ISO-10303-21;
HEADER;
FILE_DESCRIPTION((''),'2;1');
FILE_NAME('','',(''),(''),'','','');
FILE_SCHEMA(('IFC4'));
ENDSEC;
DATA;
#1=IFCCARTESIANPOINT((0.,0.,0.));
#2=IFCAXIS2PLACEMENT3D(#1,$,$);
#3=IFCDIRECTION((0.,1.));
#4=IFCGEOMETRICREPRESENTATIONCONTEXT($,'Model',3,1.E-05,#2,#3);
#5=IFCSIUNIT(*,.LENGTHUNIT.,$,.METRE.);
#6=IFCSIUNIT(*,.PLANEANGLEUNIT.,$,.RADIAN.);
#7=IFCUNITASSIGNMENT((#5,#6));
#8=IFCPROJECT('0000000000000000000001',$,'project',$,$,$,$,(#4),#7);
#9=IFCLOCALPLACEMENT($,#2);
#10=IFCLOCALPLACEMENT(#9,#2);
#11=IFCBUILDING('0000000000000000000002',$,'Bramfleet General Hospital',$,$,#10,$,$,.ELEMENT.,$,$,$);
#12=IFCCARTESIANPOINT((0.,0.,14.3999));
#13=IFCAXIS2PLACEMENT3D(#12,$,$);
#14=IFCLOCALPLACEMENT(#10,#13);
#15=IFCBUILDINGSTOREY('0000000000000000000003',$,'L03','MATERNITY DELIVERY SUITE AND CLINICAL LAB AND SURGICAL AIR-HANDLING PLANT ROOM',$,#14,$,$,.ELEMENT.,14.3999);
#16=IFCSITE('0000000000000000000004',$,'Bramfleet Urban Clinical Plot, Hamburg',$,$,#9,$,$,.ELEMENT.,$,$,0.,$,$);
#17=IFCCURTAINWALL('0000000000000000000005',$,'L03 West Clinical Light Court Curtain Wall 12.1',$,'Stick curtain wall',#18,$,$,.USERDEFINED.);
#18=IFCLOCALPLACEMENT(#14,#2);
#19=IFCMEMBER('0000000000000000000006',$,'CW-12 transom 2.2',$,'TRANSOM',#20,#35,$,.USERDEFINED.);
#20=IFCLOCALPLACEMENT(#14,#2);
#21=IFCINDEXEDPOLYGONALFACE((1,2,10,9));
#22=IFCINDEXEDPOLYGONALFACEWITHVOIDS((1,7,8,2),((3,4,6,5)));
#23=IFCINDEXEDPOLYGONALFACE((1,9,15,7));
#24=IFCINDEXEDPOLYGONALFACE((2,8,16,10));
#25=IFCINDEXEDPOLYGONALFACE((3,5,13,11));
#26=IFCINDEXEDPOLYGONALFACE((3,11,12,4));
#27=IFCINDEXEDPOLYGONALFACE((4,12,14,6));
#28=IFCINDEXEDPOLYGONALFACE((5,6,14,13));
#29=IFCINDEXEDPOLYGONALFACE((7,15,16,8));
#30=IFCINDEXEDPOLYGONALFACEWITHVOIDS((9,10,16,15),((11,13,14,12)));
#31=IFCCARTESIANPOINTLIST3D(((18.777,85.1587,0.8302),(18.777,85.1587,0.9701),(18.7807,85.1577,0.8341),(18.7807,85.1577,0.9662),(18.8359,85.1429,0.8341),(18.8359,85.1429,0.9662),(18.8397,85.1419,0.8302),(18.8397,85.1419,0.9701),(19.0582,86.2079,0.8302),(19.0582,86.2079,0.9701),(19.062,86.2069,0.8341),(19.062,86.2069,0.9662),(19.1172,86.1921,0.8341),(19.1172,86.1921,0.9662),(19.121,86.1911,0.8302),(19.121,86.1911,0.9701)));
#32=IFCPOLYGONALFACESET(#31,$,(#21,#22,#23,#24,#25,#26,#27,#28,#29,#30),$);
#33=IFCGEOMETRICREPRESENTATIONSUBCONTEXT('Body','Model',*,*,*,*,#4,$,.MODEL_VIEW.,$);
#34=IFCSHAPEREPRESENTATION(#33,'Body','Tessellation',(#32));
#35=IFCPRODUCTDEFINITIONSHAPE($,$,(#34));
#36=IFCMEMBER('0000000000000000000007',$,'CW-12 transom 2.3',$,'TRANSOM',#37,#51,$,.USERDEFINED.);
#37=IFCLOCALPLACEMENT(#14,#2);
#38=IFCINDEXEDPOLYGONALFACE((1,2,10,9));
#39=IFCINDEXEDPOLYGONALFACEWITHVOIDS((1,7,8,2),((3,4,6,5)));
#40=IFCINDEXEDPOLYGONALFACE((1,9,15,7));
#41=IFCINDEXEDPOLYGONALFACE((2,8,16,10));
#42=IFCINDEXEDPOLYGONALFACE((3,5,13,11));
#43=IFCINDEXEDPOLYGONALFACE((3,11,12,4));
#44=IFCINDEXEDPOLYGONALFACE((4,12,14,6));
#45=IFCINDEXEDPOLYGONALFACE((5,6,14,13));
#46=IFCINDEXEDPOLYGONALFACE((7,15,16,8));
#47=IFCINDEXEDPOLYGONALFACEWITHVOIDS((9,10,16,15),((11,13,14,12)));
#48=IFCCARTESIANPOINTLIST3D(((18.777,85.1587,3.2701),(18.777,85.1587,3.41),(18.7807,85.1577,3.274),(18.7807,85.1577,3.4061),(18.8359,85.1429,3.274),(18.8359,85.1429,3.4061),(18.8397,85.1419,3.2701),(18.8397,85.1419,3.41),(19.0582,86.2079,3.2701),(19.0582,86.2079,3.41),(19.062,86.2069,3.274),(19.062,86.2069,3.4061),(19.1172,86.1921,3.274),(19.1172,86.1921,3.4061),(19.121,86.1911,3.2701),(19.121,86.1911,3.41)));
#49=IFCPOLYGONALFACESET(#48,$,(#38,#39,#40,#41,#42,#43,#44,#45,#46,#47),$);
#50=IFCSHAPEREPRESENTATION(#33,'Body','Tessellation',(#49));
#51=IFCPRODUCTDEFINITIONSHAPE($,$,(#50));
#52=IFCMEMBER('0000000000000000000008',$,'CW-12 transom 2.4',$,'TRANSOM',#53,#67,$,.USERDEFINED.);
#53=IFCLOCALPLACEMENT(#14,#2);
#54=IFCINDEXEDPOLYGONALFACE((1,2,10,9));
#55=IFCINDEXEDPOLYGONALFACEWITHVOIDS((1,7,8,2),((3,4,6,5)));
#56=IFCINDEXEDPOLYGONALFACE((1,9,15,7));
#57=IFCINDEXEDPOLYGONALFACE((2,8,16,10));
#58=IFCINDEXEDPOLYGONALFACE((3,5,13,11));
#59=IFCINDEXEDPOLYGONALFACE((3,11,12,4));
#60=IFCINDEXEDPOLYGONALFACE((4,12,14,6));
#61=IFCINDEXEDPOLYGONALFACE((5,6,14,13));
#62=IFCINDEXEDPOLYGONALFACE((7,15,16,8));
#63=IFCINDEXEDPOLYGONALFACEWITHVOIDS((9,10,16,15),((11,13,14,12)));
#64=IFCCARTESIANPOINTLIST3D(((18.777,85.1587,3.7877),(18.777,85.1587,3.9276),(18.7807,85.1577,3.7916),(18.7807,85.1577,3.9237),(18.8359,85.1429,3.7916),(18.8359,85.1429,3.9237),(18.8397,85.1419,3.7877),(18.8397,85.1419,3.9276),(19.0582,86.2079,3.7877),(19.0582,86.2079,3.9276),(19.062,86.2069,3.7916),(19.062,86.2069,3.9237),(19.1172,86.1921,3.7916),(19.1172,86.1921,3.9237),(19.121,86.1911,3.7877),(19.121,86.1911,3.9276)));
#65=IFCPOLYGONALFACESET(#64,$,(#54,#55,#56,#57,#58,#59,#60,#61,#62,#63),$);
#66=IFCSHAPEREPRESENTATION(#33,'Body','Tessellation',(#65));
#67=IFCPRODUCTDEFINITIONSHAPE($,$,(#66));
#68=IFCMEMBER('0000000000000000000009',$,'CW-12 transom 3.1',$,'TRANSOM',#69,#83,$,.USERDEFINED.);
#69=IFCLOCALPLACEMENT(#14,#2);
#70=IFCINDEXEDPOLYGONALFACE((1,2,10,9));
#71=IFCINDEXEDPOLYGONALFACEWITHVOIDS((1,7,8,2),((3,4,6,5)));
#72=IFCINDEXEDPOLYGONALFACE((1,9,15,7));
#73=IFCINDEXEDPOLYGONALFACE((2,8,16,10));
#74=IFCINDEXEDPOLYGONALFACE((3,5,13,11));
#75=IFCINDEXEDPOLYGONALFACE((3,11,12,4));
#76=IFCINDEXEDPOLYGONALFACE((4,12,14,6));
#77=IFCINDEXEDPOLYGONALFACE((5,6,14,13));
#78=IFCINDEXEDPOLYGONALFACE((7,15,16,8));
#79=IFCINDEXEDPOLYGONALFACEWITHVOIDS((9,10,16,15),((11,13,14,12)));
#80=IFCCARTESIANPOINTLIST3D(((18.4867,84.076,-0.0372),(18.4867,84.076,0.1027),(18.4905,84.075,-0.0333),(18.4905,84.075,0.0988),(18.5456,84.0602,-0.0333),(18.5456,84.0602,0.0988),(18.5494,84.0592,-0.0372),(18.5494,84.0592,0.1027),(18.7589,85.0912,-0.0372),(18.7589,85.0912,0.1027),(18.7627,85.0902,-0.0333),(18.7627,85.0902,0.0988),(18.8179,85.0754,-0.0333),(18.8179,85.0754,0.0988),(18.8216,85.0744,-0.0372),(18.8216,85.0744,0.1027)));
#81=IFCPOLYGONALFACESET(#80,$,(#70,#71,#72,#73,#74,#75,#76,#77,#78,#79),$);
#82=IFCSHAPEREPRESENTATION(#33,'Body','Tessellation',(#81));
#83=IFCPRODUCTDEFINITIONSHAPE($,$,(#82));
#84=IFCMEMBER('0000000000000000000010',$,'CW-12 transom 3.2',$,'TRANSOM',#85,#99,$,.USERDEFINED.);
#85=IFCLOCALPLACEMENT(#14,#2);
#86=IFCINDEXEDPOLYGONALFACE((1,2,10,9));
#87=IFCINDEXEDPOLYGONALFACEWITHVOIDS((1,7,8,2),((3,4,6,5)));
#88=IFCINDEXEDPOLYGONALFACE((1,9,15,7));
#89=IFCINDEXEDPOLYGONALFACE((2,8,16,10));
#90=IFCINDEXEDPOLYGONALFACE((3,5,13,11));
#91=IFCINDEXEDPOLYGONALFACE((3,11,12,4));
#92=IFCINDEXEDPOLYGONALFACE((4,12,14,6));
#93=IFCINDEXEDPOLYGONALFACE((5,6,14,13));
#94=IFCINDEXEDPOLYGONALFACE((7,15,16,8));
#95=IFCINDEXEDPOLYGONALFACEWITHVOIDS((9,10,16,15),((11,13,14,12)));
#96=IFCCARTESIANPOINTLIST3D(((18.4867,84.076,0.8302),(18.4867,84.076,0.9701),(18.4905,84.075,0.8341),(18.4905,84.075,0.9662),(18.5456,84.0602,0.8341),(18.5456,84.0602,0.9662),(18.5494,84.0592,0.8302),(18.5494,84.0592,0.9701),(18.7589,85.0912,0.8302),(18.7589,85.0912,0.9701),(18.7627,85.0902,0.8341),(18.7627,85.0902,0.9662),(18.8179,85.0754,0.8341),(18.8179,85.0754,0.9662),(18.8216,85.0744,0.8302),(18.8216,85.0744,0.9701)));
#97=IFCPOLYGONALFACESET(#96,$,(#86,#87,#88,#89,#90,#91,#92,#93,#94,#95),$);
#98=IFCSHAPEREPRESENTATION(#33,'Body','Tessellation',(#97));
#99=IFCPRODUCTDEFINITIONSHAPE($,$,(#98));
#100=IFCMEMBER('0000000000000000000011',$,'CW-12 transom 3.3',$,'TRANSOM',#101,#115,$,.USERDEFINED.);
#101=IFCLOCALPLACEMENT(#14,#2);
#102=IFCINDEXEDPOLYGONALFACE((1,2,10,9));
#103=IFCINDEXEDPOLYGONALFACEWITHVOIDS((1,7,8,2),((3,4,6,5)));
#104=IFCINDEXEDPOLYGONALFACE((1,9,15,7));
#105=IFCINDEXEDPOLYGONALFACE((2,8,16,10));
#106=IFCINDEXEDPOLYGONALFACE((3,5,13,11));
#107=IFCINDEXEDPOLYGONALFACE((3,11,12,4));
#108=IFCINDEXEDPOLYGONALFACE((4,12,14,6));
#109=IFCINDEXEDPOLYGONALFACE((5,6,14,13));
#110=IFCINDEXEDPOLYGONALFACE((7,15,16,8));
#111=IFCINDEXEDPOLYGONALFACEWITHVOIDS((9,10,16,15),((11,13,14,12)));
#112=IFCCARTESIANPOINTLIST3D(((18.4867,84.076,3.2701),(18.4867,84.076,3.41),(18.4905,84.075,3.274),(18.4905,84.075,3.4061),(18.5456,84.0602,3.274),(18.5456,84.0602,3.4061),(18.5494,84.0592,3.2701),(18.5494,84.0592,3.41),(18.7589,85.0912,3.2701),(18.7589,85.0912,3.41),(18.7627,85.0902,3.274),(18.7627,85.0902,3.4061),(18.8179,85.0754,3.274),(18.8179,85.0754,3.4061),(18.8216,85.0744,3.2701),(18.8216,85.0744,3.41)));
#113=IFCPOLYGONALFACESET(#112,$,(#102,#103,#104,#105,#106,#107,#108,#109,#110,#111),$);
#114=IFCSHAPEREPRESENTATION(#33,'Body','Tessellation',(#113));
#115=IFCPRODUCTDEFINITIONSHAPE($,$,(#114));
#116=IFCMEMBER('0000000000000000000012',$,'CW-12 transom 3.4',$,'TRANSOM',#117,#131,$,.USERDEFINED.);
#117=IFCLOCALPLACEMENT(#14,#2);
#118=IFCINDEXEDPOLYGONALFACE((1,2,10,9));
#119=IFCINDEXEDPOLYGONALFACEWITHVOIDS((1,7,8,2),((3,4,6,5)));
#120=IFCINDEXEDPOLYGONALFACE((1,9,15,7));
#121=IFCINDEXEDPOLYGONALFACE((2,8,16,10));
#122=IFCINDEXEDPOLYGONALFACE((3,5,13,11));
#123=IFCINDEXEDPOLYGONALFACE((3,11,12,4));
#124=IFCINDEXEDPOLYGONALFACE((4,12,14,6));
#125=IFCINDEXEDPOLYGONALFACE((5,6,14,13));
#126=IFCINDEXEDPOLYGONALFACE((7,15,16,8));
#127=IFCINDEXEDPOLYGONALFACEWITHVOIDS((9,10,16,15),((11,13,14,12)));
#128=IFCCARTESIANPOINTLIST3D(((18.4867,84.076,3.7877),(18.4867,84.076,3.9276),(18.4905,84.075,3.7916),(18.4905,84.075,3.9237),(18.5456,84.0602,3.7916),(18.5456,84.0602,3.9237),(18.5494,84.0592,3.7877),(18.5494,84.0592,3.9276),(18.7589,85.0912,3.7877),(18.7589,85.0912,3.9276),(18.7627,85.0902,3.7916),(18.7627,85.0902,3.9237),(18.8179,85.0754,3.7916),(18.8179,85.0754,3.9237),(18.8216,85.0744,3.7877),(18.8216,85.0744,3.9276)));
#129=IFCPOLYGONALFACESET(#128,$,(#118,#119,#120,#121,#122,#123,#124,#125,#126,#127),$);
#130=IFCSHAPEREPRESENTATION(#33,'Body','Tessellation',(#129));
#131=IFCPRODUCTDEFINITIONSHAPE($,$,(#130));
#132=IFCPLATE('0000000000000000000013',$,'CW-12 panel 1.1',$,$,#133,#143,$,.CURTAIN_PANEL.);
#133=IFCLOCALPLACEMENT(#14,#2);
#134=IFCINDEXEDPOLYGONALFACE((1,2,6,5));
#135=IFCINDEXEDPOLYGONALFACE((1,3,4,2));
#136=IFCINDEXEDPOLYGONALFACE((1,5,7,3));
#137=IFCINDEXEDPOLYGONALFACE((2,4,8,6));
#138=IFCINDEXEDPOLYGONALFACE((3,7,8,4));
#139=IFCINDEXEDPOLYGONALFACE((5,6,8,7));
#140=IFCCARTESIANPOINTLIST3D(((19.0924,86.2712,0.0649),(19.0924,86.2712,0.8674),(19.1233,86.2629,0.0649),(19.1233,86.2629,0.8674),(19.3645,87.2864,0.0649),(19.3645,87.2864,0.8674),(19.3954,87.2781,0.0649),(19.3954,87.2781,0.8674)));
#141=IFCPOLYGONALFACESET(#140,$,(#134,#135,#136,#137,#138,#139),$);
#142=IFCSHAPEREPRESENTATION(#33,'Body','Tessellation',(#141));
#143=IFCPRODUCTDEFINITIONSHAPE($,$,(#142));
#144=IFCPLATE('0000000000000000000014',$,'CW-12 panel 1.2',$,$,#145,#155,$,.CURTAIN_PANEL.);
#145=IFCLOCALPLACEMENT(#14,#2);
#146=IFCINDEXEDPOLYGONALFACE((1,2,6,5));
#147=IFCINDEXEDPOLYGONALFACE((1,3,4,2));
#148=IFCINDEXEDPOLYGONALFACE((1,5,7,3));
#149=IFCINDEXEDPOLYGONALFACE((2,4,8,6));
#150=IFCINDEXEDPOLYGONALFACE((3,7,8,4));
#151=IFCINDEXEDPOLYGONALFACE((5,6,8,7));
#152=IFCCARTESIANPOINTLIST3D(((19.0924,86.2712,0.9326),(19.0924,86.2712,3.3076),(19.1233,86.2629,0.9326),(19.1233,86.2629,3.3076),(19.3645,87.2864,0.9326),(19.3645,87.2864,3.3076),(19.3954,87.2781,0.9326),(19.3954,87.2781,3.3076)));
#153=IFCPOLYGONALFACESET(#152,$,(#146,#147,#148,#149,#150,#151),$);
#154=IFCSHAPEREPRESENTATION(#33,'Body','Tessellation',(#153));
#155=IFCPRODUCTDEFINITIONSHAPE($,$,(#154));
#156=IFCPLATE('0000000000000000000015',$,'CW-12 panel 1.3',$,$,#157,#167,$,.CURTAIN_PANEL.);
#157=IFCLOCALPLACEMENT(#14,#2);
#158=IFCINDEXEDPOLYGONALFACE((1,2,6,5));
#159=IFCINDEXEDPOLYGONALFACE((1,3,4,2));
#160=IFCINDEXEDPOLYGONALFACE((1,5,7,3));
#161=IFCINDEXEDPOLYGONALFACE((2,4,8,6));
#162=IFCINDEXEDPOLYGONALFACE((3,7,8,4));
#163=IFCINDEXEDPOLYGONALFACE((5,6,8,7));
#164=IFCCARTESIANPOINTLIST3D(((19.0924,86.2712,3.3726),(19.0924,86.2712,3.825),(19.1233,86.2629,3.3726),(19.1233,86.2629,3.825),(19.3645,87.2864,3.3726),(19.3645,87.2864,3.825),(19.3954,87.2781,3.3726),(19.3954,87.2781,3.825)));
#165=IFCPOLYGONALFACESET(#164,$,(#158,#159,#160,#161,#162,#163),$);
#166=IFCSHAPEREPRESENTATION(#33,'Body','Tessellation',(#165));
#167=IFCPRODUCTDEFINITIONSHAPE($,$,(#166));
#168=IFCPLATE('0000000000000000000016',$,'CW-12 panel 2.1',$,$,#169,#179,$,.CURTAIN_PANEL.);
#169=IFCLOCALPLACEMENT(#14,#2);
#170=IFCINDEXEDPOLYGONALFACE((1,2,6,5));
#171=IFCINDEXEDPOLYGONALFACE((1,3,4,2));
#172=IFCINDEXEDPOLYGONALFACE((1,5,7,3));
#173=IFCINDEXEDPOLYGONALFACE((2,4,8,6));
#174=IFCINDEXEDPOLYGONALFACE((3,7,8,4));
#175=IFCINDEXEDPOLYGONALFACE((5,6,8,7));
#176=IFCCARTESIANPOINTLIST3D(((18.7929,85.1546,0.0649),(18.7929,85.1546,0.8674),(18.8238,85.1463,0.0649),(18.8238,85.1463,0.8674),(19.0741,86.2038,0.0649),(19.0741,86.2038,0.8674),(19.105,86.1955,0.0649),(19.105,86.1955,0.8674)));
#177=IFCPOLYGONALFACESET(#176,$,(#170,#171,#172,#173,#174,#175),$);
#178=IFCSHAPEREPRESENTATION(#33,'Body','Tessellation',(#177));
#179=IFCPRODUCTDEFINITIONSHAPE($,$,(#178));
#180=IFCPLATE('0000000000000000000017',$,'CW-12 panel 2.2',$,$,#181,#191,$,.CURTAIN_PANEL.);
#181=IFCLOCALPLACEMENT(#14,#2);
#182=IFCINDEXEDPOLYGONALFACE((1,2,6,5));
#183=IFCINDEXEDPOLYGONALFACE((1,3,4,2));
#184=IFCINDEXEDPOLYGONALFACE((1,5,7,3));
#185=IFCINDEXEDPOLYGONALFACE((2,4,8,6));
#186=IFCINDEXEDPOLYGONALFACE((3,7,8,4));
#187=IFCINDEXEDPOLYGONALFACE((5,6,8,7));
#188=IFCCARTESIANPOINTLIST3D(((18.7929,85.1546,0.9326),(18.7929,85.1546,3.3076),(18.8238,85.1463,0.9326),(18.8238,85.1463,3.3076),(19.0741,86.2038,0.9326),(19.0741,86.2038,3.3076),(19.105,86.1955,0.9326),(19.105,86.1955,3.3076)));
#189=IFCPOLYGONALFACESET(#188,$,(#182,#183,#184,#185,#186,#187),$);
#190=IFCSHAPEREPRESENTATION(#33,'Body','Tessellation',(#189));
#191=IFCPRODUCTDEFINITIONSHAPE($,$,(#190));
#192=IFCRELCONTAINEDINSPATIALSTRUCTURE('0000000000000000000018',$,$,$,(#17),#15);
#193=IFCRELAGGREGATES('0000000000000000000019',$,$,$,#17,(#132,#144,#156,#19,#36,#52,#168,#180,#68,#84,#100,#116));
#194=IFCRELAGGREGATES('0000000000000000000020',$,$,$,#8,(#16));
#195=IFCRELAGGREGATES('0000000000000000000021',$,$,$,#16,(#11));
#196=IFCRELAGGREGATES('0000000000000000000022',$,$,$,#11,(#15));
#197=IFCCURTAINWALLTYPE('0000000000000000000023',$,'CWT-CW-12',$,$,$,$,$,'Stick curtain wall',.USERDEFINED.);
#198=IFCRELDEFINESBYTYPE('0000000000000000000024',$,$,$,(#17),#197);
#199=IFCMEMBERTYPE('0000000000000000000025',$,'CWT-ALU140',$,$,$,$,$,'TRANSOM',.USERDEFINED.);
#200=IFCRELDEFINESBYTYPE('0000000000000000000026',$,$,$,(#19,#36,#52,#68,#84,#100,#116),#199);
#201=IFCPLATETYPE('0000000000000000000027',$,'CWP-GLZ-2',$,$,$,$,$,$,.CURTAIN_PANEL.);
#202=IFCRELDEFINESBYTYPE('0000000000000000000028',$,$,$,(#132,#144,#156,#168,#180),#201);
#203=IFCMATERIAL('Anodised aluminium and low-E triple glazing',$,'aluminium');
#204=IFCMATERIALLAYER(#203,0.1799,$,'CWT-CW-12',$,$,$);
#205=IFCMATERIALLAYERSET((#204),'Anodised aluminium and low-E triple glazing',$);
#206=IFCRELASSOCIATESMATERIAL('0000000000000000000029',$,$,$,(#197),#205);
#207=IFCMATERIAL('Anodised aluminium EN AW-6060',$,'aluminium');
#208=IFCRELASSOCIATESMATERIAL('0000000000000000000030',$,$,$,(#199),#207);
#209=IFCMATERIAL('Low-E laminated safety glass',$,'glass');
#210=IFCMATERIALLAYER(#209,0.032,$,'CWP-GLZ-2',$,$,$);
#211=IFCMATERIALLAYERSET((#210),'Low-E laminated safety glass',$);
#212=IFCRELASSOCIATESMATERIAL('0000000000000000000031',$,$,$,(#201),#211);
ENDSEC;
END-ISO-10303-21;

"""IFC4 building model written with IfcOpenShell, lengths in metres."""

from ifc_helpers import new_model, si_unit, direction, frame, origin, origin_2d, place, context, subcontext, project, spatial, rectangle, hollow_rectangle, extrude, material, layer, layer_set, material_profile, profile_set, type_object, element, aggregate, save


model = new_model("IFC4")

# Units and contexts
model_context = context("Model", 3, precision=1e-05, world=origin(), true_north=direction((0.0, 1.0)))
body_context = subcontext(model_context, "Body", "Model", "MODEL_VIEW")
ifc_project = project(units=[si_unit("LENGTHUNIT", "METRE"), si_unit("PLANEANGLEUNIT", "RADIAN")], contexts=[model_context])

# Site, building, storey
site_placement = place(None, origin())
site = spatial("IfcSite", under=ifc_project, at=site_placement, Name="Bramfleet Urban Clinical Plot, Hamburg", CompositionType="ELEMENT", RefElevation=0.0)
building_placement = place(site_placement, origin())
building = spatial("IfcBuilding", under=site, at=building_placement, Name="Bramfleet General Hospital", CompositionType="ELEMENT")
storey_placement = place(building_placement, frame((0.0, 0.0, 14.3999)))
storey = spatial("IfcBuildingStorey", under=building, at=storey_placement, Name="L03", Description="MATERNITY DELIVERY SUITE AND CLINICAL LAB AND SURGICAL AIR-HANDLING PLANT ROOM", CompositionType="ELEMENT", Elevation=14.3999)

# Curtain wall, members, plates
ifc_material_1 = material(Name="Anodised aluminium and low-E triple glazing", Category="aluminium")
ifc_layer_1 = layer(ifc_material_1, 0.1799, Name="CWT-CW-12")
ifc_layer_set_1 = layer_set([ifc_layer_1], Name="Anodised aluminium and low-E triple glazing")
curtain_wall_type = type_object("IfcCurtainWallType", Name="CWT-CW-12", ElementType="Stick curtain wall", PredefinedType="USERDEFINED", material=ifc_layer_set_1)
curtain_wall_placement = place(storey_placement, origin())
curtain_wall = element("IfcCurtainWall", 1, at=curtain_wall_placement, inside=storey, type_object=curtain_wall_type, Name="L03 West Clinical Light Court Curtain Wall 12.1", ObjectType="Stick curtain wall", PredefinedType="USERDEFINED")
ifc_material_2 = material(Name="Anodised aluminium EN AW-6060", Category="aluminium")
ifc_material_profile_1 = material_profile(ifc_material_2, hollow_rectangle(XDim=0.0649, YDim=0.1399, WallThickness=0.0039, at=origin_2d()), Name="ALU 140x65x4.0")
ifc_profile_set_1 = profile_set([ifc_material_profile_1], Name="Anodised aluminium EN AW-6060")
member_type_1 = type_object("IfcMemberType", Name="CWT-ALU140", ElementType="TRANSOM", PredefinedType="USERDEFINED", material=ifc_profile_set_1)
member_1_placement = place(storey_placement, frame((19.0896, 86.1995, 0.9001), z_axis=(-0.25895, -0.965891, 0.0), x_axis=(0.965891, -0.25895, 0.0)))
member_1 = element("IfcMember", 2, at=member_1_placement, type_object=member_type_1, Name="CW-12 transom 2.2", ObjectType="TRANSOM", PredefinedType="USERDEFINED", context=body_context, shape_type="SweptSolid", body=[
    extrude(hollow_rectangle(XDim=0.0649, YDim=0.1399, WallThickness=0.0039, at=origin_2d()), origin(), (0.0, 0.0, 1.0), 1.0862),
])
member_2_placement = place(storey_placement, frame((19.0896, 86.1995, 3.3401), z_axis=(-0.25895, -0.965891, 0.0), x_axis=(0.965891, -0.25895, 0.0)))
member_2 = element("IfcMember", 3, at=member_2_placement, type_object=member_type_1, Name="CW-12 transom 2.3", ObjectType="TRANSOM", PredefinedType="USERDEFINED", context=body_context, shape_type="SweptSolid", body=[
    extrude(hollow_rectangle(XDim=0.0649, YDim=0.1399, WallThickness=0.0039, at=origin_2d()), origin(), (0.0, 0.0, 1.0), 1.0862),
])
member_3_placement = place(storey_placement, frame((19.0896, 86.1995, 3.8577), z_axis=(-0.25895, -0.965891, 0.0), x_axis=(0.965891, -0.25895, 0.0)))
member_3 = element("IfcMember", 4, at=member_3_placement, type_object=member_type_1, Name="CW-12 transom 2.4", ObjectType="TRANSOM", PredefinedType="USERDEFINED", context=body_context, shape_type="SweptSolid", body=[
    extrude(hollow_rectangle(XDim=0.0649, YDim=0.1399, WallThickness=0.0039, at=origin_2d()), origin(), (0.0, 0.0, 1.0), 1.0862),
])
member_4_placement = place(storey_placement, frame((18.7903, 85.0828, 0.0327), z_axis=(-0.259007, -0.965875, 0.0), x_axis=(0.965875, -0.259007, 0.0)))
member_4 = element("IfcMember", 5, at=member_4_placement, type_object=member_type_1, Name="CW-12 transom 3.1", ObjectType="TRANSOM", PredefinedType="USERDEFINED", context=body_context, shape_type="SweptSolid", body=[
    extrude(hollow_rectangle(XDim=0.0649, YDim=0.1399, WallThickness=0.0039, at=origin_2d()), origin(), (0.0, 0.0, 1.0), 1.051),
])
member_5_placement = place(storey_placement, frame((18.7903, 85.0828, 0.9001), z_axis=(-0.259007, -0.965875, 0.0), x_axis=(0.965875, -0.259007, 0.0)))
member_5 = element("IfcMember", 6, at=member_5_placement, type_object=member_type_1, Name="CW-12 transom 3.2", ObjectType="TRANSOM", PredefinedType="USERDEFINED", context=body_context, shape_type="SweptSolid", body=[
    extrude(hollow_rectangle(XDim=0.0649, YDim=0.1399, WallThickness=0.0039, at=origin_2d()), origin(), (0.0, 0.0, 1.0), 1.051),
])
member_6_placement = place(storey_placement, frame((18.7903, 85.0828, 3.3401), z_axis=(-0.259007, -0.965875, 0.0), x_axis=(0.965875, -0.259007, 0.0)))
member_6 = element("IfcMember", 7, at=member_6_placement, type_object=member_type_1, Name="CW-12 transom 3.3", ObjectType="TRANSOM", PredefinedType="USERDEFINED", context=body_context, shape_type="SweptSolid", body=[
    extrude(hollow_rectangle(XDim=0.0649, YDim=0.1399, WallThickness=0.0039, at=origin_2d()), origin(), (0.0, 0.0, 1.0), 1.051),
])
member_7_placement = place(storey_placement, frame((18.7903, 85.0828, 3.8577), z_axis=(-0.259007, -0.965875, 0.0), x_axis=(0.965875, -0.259007, 0.0)))
member_7 = element("IfcMember", 8, at=member_7_placement, type_object=member_type_1, Name="CW-12 transom 3.4", ObjectType="TRANSOM", PredefinedType="USERDEFINED", context=body_context, shape_type="SweptSolid", body=[
    extrude(hollow_rectangle(XDim=0.0649, YDim=0.1399, WallThickness=0.0039, at=origin_2d()), origin(), (0.0, 0.0, 1.0), 1.051),
])
ifc_material_3 = material(Name="Low-E laminated safety glass", Category="glass")
ifc_layer_2 = layer(ifc_material_3, 0.032, Name="CWP-GLZ-2")
ifc_layer_set_2 = layer_set([ifc_layer_2], Name="Low-E laminated safety glass")
plate_type = type_object("IfcPlateType", Name="CWP-GLZ-2", PredefinedType="CURTAIN_PANEL", material=ifc_layer_set_2)
plate_1_placement = place(storey_placement, frame((19.2439, 86.7747, 0.0649), z_axis=(0.0, 0.0, 1.0), x_axis=(-0.258919, -0.965899, 0.0)))
plate_1 = element("IfcPlate", 9, at=plate_1_placement, type_object=plate_type, Name="CW-12 panel 1.1", PredefinedType="CURTAIN_PANEL", context=body_context, shape_type="SweptSolid", body=[
    extrude(rectangle(XDim=1.051, YDim=0.032, at=origin_2d()), origin(), (0.0, 0.0, 1.0), 0.8025),
])
plate_2_placement = place(storey_placement, frame((19.2439, 86.7747, 0.9326), z_axis=(0.0, 0.0, 1.0), x_axis=(-0.258919, -0.965899, 0.0)))
plate_2 = element("IfcPlate", 10, at=plate_2_placement, type_object=plate_type, Name="CW-12 panel 1.2", PredefinedType="CURTAIN_PANEL", context=body_context, shape_type="SweptSolid", body=[
    extrude(rectangle(XDim=1.051, YDim=0.032, at=origin_2d()), origin(), (0.0, 0.0, 1.0), 2.375),
])
plate_3_placement = place(storey_placement, frame((19.2439, 86.7747, 3.3726), z_axis=(0.0, 0.0, 1.0), x_axis=(-0.258919, -0.965899, 0.0)))
plate_3 = element("IfcPlate", 11, at=plate_3_placement, type_object=plate_type, Name="CW-12 panel 1.3", PredefinedType="CURTAIN_PANEL", context=body_context, shape_type="SweptSolid", body=[
    extrude(rectangle(XDim=1.051, YDim=0.032, at=origin_2d()), origin(), (0.0, 0.0, 1.0), 0.4524),
])
plate_4_placement = place(storey_placement, frame((18.949, 85.675, 0.0649), z_axis=(0.0, 0.0, 1.0), x_axis=(-0.258919, -0.965899, 0.0)))
plate_4 = element("IfcPlate", 12, at=plate_4_placement, type_object=plate_type, Name="CW-12 panel 2.1", PredefinedType="CURTAIN_PANEL", context=body_context, shape_type="SweptSolid", body=[
    extrude(rectangle(XDim=1.0862, YDim=0.032, at=origin_2d()), origin(), (0.0, 0.0, 1.0), 0.8025),
])
plate_5_placement = place(storey_placement, frame((18.949, 85.675, 0.9326), z_axis=(0.0, 0.0, 1.0), x_axis=(-0.258919, -0.965899, 0.0)))
plate_5 = element("IfcPlate", 13, at=plate_5_placement, type_object=plate_type, Name="CW-12 panel 2.2", PredefinedType="CURTAIN_PANEL", context=body_context, shape_type="SweptSolid", body=[
    extrude(rectangle(XDim=1.0862, YDim=0.032, at=origin_2d()), origin(), (0.0, 0.0, 1.0), 2.375),
])
aggregate(curtain_wall, [plate_1, plate_2, plate_3, member_1, member_2, member_3, plate_4, plate_5, member_4, member_5, member_6, member_7])

save(model, "model.ifc")
